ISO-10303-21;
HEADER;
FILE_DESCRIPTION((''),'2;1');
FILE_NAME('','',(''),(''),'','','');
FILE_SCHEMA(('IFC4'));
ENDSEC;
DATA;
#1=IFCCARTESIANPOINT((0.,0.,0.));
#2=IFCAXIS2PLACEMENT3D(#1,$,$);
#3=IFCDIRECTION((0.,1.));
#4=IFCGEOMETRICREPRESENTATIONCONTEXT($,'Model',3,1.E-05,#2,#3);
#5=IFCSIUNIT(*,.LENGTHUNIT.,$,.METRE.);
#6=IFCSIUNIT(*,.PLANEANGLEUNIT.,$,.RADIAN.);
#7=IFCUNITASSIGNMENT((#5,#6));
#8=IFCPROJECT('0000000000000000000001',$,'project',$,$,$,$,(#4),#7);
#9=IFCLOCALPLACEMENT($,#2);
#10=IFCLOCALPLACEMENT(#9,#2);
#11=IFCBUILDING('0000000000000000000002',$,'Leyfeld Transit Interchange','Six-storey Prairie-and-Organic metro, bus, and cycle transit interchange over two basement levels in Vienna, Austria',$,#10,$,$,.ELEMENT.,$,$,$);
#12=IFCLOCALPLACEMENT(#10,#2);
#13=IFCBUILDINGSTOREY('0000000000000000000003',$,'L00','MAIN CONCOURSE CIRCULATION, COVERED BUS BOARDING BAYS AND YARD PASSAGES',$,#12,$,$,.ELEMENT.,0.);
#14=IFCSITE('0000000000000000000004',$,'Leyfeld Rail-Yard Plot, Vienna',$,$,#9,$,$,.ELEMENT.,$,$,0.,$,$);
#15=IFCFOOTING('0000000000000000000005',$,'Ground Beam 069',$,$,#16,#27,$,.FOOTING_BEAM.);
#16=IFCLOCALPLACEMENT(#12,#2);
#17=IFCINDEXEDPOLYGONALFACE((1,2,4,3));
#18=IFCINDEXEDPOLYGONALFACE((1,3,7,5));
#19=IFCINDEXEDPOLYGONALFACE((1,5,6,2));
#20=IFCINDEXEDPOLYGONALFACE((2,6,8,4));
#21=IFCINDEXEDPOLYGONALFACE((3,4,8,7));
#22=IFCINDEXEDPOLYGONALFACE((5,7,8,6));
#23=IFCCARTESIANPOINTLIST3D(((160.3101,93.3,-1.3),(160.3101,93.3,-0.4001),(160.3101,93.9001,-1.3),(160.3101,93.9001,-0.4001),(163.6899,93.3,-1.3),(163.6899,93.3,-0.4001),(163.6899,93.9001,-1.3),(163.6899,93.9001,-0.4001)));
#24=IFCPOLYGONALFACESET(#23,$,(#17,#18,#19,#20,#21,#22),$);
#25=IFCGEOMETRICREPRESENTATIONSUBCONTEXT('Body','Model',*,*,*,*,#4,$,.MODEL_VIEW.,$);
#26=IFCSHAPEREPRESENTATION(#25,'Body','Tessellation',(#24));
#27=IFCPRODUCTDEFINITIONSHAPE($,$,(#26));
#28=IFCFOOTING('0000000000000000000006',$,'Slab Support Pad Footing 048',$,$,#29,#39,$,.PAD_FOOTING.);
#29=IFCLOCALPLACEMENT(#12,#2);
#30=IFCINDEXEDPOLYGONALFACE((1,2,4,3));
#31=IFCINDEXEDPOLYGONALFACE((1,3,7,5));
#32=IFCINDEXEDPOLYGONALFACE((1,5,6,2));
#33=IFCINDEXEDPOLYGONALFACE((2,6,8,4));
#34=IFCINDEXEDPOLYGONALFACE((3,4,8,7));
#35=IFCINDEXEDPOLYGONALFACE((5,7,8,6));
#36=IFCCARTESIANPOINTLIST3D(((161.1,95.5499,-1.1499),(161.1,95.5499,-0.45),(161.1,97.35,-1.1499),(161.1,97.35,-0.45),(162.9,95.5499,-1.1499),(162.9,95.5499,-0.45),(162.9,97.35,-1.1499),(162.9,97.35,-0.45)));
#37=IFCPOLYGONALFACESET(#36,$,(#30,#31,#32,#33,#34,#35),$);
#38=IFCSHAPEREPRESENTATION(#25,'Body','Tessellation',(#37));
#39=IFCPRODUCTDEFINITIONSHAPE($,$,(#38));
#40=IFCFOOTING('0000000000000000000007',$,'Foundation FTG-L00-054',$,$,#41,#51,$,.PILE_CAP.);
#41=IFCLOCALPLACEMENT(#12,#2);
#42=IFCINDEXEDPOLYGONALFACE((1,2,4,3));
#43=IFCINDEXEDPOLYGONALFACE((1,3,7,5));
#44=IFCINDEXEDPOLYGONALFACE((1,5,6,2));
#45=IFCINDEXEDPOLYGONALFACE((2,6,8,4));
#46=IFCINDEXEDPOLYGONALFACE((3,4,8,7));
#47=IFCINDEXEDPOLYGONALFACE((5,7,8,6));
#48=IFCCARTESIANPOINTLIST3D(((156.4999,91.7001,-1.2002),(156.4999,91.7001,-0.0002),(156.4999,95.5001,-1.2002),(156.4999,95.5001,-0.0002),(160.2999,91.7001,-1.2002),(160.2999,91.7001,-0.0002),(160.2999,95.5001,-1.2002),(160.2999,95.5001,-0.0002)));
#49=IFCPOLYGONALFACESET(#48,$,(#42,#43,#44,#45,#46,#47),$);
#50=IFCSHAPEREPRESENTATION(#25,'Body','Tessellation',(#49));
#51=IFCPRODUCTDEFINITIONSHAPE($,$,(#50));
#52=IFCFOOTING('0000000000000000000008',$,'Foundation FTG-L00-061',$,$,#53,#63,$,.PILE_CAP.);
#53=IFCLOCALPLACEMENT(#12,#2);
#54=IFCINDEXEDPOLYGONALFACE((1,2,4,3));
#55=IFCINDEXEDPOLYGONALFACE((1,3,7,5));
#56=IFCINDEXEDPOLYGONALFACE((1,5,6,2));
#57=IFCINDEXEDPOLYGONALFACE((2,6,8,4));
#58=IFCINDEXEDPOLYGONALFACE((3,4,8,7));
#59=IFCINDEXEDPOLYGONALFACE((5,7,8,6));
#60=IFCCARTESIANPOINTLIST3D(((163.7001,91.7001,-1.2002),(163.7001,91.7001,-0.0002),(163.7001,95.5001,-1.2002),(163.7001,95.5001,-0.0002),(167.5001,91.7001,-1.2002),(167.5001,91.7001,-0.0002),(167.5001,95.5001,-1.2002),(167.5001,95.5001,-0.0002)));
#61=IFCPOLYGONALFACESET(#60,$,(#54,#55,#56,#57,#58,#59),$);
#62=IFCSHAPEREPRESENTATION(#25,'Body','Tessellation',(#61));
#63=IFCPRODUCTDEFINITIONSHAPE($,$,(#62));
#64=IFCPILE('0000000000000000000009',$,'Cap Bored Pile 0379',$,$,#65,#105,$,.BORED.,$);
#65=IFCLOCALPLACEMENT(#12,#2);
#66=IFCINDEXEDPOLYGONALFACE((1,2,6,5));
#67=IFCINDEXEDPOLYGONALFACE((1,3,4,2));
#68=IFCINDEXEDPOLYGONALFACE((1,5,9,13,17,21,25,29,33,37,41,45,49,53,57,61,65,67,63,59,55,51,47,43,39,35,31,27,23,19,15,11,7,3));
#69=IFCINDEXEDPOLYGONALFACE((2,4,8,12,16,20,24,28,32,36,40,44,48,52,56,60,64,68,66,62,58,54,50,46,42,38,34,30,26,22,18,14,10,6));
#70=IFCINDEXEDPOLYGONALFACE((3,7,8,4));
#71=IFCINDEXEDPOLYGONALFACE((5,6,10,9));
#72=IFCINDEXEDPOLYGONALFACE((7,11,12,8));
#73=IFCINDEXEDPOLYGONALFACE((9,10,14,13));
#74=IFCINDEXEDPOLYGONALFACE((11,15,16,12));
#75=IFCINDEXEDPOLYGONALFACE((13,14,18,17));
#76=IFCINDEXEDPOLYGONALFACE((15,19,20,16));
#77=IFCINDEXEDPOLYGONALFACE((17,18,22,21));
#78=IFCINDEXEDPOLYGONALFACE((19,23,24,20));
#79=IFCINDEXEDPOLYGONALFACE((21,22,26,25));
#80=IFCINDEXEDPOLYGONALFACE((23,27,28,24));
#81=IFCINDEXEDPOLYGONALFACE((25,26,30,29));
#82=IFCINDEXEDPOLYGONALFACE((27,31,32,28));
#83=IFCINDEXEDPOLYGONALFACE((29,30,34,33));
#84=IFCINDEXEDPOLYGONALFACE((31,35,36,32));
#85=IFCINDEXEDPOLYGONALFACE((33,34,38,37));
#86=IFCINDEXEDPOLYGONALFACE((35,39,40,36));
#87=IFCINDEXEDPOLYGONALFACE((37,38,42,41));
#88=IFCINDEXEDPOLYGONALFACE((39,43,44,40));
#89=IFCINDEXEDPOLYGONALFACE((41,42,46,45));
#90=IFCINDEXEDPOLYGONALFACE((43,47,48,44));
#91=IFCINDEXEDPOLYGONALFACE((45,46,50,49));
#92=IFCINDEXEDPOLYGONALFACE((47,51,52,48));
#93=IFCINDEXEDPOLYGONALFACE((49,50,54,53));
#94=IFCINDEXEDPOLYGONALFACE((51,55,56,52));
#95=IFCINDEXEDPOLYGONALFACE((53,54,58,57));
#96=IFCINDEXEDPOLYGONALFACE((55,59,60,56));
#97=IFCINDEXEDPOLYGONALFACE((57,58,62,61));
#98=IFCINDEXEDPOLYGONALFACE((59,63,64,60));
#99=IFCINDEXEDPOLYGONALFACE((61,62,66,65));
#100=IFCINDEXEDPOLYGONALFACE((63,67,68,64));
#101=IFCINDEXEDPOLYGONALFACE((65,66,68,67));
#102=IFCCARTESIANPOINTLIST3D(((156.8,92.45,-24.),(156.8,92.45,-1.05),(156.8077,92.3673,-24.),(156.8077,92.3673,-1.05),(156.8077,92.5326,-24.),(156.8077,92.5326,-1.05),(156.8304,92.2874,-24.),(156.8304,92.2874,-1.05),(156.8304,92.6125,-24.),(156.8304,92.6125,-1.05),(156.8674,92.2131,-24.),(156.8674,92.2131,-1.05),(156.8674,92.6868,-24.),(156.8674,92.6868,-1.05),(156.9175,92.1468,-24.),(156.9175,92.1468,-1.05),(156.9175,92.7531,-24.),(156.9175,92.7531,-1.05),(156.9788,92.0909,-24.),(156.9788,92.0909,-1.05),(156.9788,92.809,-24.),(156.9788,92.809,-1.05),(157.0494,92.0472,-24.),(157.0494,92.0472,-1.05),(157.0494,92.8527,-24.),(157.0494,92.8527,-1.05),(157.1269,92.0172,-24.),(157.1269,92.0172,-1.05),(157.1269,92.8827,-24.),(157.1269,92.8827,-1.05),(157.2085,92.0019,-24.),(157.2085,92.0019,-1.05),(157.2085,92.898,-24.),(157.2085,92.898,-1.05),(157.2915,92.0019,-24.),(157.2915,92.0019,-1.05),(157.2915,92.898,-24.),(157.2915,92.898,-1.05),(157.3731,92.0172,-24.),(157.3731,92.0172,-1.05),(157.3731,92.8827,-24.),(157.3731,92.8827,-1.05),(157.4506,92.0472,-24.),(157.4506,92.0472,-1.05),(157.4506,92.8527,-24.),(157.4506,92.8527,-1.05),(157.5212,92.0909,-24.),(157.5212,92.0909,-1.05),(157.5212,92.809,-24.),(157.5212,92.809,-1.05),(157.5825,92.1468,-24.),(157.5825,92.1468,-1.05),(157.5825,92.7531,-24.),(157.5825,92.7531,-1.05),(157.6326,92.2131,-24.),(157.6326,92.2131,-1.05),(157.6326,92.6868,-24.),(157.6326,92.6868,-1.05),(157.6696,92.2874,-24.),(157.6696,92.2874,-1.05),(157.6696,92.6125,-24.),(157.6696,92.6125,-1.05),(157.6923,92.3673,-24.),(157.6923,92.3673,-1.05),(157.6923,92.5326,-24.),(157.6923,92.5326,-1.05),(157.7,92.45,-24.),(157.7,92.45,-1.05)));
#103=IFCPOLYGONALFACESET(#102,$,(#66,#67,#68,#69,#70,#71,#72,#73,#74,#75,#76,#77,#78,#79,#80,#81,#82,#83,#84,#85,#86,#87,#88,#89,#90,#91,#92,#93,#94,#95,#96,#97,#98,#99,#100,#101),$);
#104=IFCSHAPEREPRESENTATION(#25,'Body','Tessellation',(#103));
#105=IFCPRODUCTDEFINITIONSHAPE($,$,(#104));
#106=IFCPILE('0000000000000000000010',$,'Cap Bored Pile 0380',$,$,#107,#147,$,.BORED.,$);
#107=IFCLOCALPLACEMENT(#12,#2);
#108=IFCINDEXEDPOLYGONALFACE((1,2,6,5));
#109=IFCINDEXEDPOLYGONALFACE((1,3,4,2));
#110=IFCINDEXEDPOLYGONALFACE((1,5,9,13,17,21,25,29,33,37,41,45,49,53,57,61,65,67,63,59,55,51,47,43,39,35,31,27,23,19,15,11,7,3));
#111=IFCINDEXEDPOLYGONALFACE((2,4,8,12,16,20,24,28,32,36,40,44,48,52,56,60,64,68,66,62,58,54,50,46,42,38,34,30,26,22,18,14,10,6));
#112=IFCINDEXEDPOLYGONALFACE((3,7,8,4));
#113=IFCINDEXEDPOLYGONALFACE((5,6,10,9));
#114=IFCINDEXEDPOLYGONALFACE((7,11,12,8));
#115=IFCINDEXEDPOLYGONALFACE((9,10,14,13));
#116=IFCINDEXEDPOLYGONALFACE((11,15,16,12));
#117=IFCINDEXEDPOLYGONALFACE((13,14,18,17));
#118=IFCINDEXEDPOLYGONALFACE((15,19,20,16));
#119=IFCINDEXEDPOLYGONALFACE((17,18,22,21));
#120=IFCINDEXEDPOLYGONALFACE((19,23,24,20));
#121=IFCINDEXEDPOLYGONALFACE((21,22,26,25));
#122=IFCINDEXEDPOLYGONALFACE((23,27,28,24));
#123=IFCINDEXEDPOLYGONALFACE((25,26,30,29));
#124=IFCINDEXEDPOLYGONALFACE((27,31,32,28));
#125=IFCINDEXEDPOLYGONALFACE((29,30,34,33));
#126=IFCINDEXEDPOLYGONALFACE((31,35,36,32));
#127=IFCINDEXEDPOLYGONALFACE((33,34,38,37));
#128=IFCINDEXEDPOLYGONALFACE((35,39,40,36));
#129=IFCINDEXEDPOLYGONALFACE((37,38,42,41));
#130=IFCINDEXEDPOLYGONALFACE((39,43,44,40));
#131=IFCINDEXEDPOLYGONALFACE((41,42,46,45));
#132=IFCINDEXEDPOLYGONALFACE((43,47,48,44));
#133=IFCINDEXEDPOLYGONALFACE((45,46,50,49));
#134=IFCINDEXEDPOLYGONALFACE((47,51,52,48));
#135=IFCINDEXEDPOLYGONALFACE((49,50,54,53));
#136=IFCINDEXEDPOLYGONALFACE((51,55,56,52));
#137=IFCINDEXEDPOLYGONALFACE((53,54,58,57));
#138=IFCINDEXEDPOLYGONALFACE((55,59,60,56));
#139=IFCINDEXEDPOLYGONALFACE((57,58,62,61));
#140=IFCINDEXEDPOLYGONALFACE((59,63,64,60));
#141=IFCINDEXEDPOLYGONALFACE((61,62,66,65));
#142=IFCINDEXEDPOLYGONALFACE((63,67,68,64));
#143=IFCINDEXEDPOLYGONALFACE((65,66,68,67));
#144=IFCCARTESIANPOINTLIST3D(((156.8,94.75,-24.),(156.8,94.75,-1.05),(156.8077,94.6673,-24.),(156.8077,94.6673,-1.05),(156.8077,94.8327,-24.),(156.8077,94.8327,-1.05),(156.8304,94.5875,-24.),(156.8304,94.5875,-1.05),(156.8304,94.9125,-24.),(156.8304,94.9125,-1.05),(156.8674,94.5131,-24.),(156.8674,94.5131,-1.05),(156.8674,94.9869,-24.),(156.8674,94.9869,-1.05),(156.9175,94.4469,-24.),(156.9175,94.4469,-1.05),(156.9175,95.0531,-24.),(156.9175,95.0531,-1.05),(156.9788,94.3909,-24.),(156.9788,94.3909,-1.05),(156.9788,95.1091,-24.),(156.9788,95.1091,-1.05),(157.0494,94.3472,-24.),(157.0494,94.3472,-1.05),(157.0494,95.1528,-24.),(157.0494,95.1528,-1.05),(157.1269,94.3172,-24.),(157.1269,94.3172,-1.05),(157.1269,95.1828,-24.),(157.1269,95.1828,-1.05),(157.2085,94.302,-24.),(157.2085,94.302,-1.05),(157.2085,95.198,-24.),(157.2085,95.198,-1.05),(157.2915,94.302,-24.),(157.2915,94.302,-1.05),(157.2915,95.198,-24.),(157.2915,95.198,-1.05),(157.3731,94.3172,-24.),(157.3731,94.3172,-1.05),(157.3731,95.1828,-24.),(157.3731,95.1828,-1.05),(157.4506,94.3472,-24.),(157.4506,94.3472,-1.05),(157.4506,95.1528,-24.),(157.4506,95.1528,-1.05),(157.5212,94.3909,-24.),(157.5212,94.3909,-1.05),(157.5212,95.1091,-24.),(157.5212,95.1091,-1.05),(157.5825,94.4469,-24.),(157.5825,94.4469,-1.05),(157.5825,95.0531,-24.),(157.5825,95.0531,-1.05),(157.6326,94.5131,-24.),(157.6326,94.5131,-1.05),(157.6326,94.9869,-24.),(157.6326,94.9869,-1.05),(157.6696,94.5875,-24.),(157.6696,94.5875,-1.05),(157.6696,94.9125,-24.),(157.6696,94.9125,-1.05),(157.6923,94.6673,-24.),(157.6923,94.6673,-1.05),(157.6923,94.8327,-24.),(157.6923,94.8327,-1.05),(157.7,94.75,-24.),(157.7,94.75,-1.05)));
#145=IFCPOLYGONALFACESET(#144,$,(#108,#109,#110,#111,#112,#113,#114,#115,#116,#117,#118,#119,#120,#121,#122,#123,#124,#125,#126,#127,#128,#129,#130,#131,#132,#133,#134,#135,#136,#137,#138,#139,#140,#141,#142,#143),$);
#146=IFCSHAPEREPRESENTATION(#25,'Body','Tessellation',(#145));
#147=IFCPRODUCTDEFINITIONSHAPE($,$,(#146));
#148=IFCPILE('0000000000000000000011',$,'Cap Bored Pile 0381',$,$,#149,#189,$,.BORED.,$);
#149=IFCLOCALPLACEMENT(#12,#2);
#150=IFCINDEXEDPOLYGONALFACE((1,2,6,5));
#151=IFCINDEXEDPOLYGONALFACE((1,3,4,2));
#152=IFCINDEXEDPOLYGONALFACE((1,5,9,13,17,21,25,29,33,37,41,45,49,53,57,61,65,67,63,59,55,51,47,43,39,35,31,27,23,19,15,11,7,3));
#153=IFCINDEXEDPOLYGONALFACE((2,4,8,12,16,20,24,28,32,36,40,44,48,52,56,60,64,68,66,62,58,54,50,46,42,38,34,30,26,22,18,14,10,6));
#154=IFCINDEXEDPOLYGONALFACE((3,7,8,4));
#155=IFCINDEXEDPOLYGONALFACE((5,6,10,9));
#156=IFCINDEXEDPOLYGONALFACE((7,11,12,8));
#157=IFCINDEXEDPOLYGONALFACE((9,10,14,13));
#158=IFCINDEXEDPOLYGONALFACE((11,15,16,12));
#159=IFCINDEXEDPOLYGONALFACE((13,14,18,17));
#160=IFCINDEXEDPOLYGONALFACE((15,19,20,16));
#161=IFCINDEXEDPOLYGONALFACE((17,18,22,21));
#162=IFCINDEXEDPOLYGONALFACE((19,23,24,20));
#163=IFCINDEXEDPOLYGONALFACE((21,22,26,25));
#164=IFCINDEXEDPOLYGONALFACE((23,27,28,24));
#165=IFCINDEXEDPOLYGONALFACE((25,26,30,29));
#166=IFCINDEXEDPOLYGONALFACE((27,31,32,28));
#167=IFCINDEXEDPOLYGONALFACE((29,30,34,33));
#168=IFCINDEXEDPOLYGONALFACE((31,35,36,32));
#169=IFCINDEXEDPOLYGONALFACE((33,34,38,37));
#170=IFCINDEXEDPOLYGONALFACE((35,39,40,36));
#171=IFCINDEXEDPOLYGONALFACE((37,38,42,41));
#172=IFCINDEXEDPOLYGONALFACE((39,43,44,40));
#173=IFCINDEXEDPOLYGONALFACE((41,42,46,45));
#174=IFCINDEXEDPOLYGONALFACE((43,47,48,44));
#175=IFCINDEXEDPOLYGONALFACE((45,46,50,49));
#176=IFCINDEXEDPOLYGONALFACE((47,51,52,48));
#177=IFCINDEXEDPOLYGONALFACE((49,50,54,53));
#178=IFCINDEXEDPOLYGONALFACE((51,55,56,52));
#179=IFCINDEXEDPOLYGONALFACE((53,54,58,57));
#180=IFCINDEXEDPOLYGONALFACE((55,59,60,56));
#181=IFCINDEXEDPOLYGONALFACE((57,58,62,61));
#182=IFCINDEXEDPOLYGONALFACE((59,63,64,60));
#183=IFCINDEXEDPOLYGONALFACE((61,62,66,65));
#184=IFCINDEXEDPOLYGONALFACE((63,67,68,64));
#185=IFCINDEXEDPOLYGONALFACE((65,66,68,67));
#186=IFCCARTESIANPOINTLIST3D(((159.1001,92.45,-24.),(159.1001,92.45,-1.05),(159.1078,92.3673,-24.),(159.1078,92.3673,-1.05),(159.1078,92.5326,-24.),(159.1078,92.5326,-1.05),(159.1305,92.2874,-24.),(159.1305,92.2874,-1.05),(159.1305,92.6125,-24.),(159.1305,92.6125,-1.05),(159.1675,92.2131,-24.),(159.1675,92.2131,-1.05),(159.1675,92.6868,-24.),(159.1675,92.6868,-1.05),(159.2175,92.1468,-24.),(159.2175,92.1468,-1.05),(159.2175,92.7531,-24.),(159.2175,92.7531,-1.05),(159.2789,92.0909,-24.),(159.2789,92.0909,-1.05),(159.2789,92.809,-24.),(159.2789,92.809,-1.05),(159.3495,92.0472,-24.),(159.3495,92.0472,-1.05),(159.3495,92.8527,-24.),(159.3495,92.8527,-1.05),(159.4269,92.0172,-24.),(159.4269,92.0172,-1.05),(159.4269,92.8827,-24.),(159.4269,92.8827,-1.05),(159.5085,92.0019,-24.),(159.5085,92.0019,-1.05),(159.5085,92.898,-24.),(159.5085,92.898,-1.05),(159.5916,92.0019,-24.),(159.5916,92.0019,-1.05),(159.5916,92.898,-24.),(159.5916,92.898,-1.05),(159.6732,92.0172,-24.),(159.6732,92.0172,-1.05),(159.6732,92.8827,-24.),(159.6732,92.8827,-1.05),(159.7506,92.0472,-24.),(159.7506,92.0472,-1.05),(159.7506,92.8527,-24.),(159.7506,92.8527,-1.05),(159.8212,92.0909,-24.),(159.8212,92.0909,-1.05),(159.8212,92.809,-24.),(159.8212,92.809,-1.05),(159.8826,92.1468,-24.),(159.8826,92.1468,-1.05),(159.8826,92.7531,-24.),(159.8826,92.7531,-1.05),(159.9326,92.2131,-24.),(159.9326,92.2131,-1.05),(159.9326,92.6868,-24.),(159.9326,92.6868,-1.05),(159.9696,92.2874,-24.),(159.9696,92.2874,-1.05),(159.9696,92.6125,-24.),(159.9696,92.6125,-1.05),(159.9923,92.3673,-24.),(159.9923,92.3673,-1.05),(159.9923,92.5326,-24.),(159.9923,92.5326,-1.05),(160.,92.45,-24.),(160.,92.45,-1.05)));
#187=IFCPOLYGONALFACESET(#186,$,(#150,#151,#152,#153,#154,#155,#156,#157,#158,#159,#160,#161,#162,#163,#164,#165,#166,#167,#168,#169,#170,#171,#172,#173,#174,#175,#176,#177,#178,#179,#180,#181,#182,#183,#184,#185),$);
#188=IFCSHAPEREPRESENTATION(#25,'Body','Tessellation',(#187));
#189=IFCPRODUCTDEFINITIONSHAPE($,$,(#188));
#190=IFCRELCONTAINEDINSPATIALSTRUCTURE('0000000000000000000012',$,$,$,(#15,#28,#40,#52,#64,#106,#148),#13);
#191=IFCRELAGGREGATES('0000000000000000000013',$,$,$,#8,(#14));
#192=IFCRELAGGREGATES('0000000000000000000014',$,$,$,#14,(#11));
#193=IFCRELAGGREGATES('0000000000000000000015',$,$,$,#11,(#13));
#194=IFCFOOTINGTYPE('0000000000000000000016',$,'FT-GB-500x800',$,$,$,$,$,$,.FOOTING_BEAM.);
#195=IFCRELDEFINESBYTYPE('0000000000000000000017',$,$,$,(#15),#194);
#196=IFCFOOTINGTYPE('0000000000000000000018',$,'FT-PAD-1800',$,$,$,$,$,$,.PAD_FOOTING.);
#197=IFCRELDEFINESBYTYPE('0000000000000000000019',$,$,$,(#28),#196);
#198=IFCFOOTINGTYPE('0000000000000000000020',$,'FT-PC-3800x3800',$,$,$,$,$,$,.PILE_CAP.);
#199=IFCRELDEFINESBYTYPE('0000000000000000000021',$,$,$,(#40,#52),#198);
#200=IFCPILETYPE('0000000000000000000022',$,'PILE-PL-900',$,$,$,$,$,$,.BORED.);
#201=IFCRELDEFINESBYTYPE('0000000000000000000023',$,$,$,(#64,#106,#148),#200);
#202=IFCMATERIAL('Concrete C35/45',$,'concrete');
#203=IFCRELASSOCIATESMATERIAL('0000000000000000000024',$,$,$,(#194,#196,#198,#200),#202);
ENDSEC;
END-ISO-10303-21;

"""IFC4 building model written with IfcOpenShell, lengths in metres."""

from ifc_helpers import new_model, si_unit, direction, frame, origin, origin_2d, place, context, subcontext, project, spatial, rectangle, circle, extrude, material, material_profile, profile_set, type_object, element, save


model = new_model("IFC4")

# Units and contexts
model_context = context("Model", 3, precision=1e-05, world=origin(), true_north=direction((0.0, 1.0)))
body_context = subcontext(model_context, "Body", "Model", "MODEL_VIEW")
ifc_project = project(units=[si_unit("LENGTHUNIT", "METRE"), si_unit("PLANEANGLEUNIT", "RADIAN")], contexts=[model_context])

# Site, building, storey
site_placement = place(None, origin())
site = spatial("IfcSite", under=ifc_project, at=site_placement, Name="Leyfeld Rail-Yard Plot, Vienna", CompositionType="ELEMENT", RefElevation=0.0)
building_placement = place(site_placement, origin())
building = spatial("IfcBuilding", under=site, at=building_placement, Name="Leyfeld Transit Interchange", Description="Six-storey Prairie-and-Organic metro, bus, and cycle transit interchange over two basement levels in Vienna, Austria", CompositionType="ELEMENT")
storey_placement = place(building_placement, origin())
storey = spatial("IfcBuildingStorey", under=building, at=storey_placement, Name="L00", Description="MAIN CONCOURSE CIRCULATION, COVERED BUS BOARDING BAYS AND YARD PASSAGES", CompositionType="ELEMENT", Elevation=0.0)

# Footings
ifc_material_1 = material(Name="Concrete C35/45", Category="concrete")
footing_type_1 = type_object("IfcFootingType", Name="FT-GB-500x800", PredefinedType="FOOTING_BEAM", material=ifc_material_1)
footing_1_placement = place(storey_placement, frame((162.0, 93.6001, -1.3), z_axis=(0.0, 0.0, 1.0), x_axis=(1.0, 0.0, 0.0)))
element("IfcFooting", 1, at=footing_1_placement, inside=storey, type_object=footing_type_1, Name="Ground Beam 069", PredefinedType="FOOTING_BEAM", context=body_context, shape_type="SweptSolid", body=[
    extrude(rectangle(XDim=3.3799, YDim=0.6001, at=origin_2d()), origin(), (0.0, 0.0, 1.0), 0.8999),
])
footing_type_2 = type_object("IfcFootingType", Name="FT-PAD-1800", PredefinedType="PAD_FOOTING", material=ifc_material_1)
footing_2_placement = place(storey_placement, frame((162.0, 96.45, -1.1499), z_axis=(0.0, 0.0, 1.0), x_axis=(1.0, 0.0, 0.0)))
element("IfcFooting", 2, at=footing_2_placement, inside=storey, type_object=footing_type_2, Name="Slab Support Pad Footing 048", PredefinedType="PAD_FOOTING", context=body_context, shape_type="SweptSolid", body=[
    extrude(rectangle(XDim=1.8, YDim=1.8, at=origin_2d()), origin(), (0.0, 0.0, 1.0), 0.7),
])
footing_type_3 = type_object("IfcFootingType", Name="FT-PC-3800x3800", PredefinedType="PILE_CAP", material=ifc_material_1)
for number, where, z_axis, x_axis, name in (
    (3, (158.3999, 93.6001, -1.2002), (0.0, 0.0, 1.0), (1.0, 0.0, 0.0), "Foundation FTG-L00-054"),
    (4, (165.6001, 93.6001, -1.2002), (0.0, 0.0, 1.0), (1.0, 0.0, 0.0), "Foundation FTG-L00-061"),
):
    element("IfcFooting", number, at=place(storey_placement, frame(where, z_axis=z_axis, x_axis=x_axis)), inside=storey, type_object=footing_type_3, Name=name, PredefinedType="PILE_CAP", context=body_context, shape_type="SweptSolid", body=[
        extrude(rectangle(XDim=3.8, YDim=3.8, at=origin_2d()), origin(), (0.0, 0.0, 1.0), 1.2),
    ])

# Piles
ifc_material_profile_1 = material_profile(ifc_material_1, circle(Radius=0.45, at=origin_2d()), Name="PILE D900")
ifc_profile_set_1 = profile_set([ifc_material_profile_1], Name="Concrete C35/45")
pile_type = type_object("IfcPileType", Name="PILE-PL-900", PredefinedType="BORED", material=ifc_profile_set_1)
for number, where, z_axis, x_axis, name in (
    (5, (157.25, 92.45, -1.05), (0.0, 0.0, -1.0), (1.0, 0.0, 0.0), "Cap Bored Pile 0379"),
    (6, (157.25, 94.75, -1.05), (0.0, 0.0, -1.0), (1.0, 0.0, 0.0), "Cap Bored Pile 0380"),
    (7, (159.55, 92.45, -1.05), (0.0, 0.0, -1.0), (1.0, 0.0, 0.0), "Cap Bored Pile 0381"),
):
    element("IfcPile", number, at=place(storey_placement, frame(where, z_axis=z_axis, x_axis=x_axis)), inside=storey, type_object=pile_type, Name=name, PredefinedType="BORED", context=body_context, shape_type="SweptSolid", body=[
        extrude(circle(Radius=0.45, at=origin_2d()), origin(), (0.0, 0.0, 1.0), 22.95),
    ])

save(model, "model.ifc")
